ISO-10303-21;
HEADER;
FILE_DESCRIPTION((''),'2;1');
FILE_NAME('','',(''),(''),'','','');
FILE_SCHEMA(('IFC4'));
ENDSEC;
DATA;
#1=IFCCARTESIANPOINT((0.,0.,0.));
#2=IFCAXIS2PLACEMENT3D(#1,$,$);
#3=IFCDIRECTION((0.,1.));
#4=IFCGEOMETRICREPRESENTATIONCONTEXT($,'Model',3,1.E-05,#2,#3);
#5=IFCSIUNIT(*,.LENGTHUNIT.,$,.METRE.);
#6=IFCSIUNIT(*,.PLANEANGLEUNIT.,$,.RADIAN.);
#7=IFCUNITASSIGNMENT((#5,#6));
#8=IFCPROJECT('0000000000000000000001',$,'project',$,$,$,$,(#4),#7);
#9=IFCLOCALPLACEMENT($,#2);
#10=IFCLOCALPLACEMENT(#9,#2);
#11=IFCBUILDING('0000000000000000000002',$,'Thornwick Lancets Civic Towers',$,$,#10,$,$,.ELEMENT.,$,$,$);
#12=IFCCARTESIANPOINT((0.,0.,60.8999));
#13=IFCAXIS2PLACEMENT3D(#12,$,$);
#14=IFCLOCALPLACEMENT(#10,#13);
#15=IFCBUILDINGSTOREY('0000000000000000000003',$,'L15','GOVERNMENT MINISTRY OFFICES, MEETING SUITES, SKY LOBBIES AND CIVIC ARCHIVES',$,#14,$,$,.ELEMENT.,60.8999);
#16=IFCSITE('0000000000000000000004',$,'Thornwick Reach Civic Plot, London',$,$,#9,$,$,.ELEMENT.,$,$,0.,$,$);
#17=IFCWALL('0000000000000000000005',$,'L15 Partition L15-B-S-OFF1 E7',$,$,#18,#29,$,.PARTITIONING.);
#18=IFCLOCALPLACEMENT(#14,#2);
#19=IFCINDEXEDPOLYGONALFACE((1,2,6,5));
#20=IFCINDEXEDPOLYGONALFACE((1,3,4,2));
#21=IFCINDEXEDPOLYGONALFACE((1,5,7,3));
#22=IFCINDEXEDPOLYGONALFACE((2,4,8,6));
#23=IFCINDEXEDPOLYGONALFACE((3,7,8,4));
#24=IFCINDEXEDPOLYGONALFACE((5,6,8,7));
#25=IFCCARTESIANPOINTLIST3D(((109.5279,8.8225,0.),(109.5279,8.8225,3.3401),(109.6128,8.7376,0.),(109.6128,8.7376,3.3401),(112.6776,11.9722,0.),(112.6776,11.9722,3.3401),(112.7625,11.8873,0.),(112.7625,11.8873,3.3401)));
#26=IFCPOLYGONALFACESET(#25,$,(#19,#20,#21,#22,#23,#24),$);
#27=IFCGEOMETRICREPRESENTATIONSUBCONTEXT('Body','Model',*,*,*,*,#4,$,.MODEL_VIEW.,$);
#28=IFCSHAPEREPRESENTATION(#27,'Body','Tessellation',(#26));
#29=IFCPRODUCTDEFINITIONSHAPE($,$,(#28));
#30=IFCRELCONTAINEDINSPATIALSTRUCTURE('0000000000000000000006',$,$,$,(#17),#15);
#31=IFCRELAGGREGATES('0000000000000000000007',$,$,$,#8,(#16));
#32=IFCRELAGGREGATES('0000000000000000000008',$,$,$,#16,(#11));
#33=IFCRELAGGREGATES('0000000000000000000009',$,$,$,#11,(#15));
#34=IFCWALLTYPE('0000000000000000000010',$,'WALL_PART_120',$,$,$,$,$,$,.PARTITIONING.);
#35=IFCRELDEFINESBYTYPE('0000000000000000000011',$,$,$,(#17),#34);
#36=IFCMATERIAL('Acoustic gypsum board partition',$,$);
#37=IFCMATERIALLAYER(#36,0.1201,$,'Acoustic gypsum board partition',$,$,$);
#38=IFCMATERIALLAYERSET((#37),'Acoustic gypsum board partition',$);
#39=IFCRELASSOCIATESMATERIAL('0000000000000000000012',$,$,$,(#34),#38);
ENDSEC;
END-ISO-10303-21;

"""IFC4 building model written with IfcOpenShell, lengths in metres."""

from ifc_helpers import new_model, si_unit, direction, frame, frame_2d, origin, place, context, subcontext, project, spatial, rectangle, extrude, material, layer, layer_set, type_object, element, save


model = new_model("IFC4")

# Units and contexts
model_context = context("Model", 3, precision=1e-05, world=origin(), true_north=direction((0.0, 1.0)))
body_context = subcontext(model_context, "Body", "Model", "MODEL_VIEW")
ifc_project = project(units=[si_unit("LENGTHUNIT", "METRE"), si_unit("PLANEANGLEUNIT", "RADIAN")], contexts=[model_context])

# Site, building, storey
site_placement = place(None, origin())
site = spatial("IfcSite", under=ifc_project, at=site_placement, Name="Thornwick Reach Civic Plot, London", CompositionType="ELEMENT", RefElevation=0.0)
building_placement = place(site_placement, origin())
building = spatial("IfcBuilding", under=site, at=building_placement, Name="Thornwick Lancets Civic Towers", CompositionType="ELEMENT")
storey_placement = place(building_placement, frame((0.0, 0.0, 60.8999)))
storey = spatial("IfcBuildingStorey", under=building, at=storey_placement, Name="L15", Description="GOVERNMENT MINISTRY OFFICES, MEETING SUITES, SKY LOBBIES AND CIVIC ARCHIVES", CompositionType="ELEMENT", Elevation=60.8999)

# Wall
ifc_material_1 = material(Name="Acoustic gypsum board partition")
ifc_layer_1 = layer(ifc_material_1, 0.1201, Name="Acoustic gypsum board partition")
ifc_layer_set_1 = layer_set([ifc_layer_1], Name="Acoustic gypsum board partition")
wall_type_1 = type_object("IfcWallType", Name="WALL_PART_120", PredefinedType="PARTITIONING", material=ifc_layer_set_1)
wall_1_placement = place(storey_placement, frame((112.72, 11.9297, 0.0), z_axis=(0.0, 0.0, 1.0), x_axis=(-0.707107, -0.707107, 0.0)))
element("IfcWall", 1, at=wall_1_placement, inside=storey, type_object=wall_type_1, Name="L15 Partition L15-B-S-OFF1 E7", PredefinedType="PARTITIONING", context=body_context, shape_type="SweptSolid", body=[
    extrude(rectangle(XDim=4.4543, YDim=0.1201, at=frame_2d((2.2271, 0.0))), origin(), (0.0, 0.0, 1.0), 3.3401),
])

save(model, "model.ifc")
